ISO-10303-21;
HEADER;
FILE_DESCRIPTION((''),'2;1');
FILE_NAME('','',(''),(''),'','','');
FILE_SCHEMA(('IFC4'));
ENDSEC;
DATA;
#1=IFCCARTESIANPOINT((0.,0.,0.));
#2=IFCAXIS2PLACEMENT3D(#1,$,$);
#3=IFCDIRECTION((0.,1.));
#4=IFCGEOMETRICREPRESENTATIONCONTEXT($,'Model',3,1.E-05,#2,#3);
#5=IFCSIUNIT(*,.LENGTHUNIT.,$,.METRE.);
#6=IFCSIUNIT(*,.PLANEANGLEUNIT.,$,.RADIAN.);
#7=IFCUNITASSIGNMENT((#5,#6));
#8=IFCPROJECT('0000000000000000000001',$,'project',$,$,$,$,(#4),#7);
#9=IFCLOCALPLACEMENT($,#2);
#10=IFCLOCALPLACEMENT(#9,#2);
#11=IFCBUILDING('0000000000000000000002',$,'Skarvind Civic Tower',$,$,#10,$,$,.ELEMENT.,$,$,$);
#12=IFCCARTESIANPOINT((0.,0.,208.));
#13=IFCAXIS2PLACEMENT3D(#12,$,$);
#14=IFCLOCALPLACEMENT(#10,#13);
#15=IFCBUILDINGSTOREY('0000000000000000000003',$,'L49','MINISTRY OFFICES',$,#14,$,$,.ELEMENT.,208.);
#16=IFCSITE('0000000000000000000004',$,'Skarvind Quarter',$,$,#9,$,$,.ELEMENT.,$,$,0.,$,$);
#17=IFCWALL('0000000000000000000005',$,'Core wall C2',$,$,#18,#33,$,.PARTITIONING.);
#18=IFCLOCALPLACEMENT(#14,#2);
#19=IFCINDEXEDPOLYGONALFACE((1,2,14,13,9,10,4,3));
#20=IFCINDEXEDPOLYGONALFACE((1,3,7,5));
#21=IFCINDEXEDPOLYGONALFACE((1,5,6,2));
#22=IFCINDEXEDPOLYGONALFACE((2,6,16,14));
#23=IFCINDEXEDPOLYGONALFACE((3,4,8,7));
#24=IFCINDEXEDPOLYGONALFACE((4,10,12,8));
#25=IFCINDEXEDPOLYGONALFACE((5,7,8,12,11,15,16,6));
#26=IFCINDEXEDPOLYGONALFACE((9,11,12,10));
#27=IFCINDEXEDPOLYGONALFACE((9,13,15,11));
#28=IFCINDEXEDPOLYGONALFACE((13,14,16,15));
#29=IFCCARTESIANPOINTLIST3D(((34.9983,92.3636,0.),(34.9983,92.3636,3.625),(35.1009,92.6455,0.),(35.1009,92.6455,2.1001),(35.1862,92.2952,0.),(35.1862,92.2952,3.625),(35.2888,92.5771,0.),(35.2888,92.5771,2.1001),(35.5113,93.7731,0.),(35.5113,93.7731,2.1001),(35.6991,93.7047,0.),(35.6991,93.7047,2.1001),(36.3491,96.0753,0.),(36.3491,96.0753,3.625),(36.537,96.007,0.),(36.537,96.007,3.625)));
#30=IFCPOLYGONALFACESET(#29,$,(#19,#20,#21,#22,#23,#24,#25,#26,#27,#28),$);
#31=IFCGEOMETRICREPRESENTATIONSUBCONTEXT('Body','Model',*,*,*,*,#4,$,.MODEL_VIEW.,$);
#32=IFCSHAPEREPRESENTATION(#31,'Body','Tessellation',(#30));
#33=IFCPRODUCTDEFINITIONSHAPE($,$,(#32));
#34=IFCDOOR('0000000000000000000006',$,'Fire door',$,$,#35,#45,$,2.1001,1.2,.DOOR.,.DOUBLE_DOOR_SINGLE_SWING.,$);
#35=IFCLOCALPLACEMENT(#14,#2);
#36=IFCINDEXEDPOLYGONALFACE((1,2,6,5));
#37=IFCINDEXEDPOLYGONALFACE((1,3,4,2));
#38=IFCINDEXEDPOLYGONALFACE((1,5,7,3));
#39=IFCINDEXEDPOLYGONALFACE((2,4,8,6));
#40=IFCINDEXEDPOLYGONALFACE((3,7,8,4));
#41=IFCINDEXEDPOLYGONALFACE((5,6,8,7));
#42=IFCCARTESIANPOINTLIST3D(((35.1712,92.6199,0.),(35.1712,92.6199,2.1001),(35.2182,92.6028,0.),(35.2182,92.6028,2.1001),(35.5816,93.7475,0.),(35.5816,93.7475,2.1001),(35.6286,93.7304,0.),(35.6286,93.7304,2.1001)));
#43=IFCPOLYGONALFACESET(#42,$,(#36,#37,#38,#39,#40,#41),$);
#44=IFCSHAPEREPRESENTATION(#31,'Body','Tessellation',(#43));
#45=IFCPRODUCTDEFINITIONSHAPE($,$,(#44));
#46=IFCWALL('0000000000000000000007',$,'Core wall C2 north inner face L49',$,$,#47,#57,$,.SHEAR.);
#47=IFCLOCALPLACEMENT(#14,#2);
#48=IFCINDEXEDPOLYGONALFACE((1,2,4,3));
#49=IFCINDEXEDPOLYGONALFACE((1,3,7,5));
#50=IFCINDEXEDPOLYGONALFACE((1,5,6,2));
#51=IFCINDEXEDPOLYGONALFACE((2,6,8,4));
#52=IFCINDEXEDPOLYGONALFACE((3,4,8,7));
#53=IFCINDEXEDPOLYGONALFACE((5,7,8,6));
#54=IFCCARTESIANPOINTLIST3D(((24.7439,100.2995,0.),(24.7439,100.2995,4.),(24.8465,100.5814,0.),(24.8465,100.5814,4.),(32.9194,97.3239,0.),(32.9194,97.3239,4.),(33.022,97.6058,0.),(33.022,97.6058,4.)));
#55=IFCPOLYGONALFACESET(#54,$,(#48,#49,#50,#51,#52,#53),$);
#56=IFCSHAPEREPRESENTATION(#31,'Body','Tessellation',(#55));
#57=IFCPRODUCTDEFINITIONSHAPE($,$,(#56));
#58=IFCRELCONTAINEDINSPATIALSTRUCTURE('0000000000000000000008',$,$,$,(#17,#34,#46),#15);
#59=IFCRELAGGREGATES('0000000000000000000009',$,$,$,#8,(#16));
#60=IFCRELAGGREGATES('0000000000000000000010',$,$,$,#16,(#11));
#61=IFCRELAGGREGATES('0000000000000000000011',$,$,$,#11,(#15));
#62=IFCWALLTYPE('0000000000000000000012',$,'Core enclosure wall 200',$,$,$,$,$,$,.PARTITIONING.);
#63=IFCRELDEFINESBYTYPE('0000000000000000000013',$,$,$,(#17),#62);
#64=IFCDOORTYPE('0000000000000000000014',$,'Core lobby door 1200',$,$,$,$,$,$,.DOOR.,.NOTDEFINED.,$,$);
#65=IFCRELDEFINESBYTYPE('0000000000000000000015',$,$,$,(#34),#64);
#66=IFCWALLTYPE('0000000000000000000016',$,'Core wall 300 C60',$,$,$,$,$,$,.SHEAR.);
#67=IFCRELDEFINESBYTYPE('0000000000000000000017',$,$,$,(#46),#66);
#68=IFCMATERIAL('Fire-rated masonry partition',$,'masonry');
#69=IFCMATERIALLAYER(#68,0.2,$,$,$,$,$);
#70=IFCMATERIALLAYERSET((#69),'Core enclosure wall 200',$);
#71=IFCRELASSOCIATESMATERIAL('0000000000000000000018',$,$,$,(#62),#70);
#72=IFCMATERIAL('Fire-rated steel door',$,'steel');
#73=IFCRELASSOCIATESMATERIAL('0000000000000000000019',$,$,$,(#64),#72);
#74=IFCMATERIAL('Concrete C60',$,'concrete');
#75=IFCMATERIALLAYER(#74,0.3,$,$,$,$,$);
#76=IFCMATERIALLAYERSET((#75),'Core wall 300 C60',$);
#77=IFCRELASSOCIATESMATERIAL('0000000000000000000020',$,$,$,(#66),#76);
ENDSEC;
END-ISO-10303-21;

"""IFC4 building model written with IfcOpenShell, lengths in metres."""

from ifc_helpers import new_model, si_unit, direction, frame, frame_2d, origin, place, context, subcontext, project, spatial, rectangle, extrude, material, layer, layer_set, type_object, element, fill, save


model = new_model("IFC4")

# Units and contexts
model_context = context("Model", 3, precision=1e-05, world=origin(), true_north=direction((0.0, 1.0)))
body_context = subcontext(model_context, "Body", "Model", "MODEL_VIEW")
ifc_project = project(units=[si_unit("LENGTHUNIT", "METRE"), si_unit("PLANEANGLEUNIT", "RADIAN")], contexts=[model_context])

# Site, building, storey
site_placement = place(None, origin())
site = spatial("IfcSite", under=ifc_project, at=site_placement, Name="Skarvind Quarter", CompositionType="ELEMENT", RefElevation=0.0)
building_placement = place(site_placement, origin())
building = spatial("IfcBuilding", under=site, at=building_placement, Name="Skarvind Civic Tower", CompositionType="ELEMENT")
storey_placement = place(building_placement, frame((0.0, 0.0, 208.0)))
storey = spatial("IfcBuildingStorey", under=building, at=storey_placement, Name="L49", Description="MINISTRY OFFICES", CompositionType="ELEMENT", Elevation=208.0)

# Shared definitions
ifc_material_1 = material(Name="Concrete C60", Category="concrete")

# Wall, opening, door
ifc_material_2 = material(Name="Fire-rated masonry partition", Category="masonry")
ifc_layer_1 = layer(ifc_material_2, 0.2)
ifc_layer_set_1 = layer_set([ifc_layer_1], Name="Core enclosure wall 200")
wall_type_1 = type_object("IfcWallType", Name="Core enclosure wall 200", PredefinedType="PARTITIONING", material=ifc_layer_set_1)
wall_1_placement = place(storey_placement, frame((36.4431, 96.0413, 0.0), z_axis=(0.0, 0.0, 1.0), x_axis=(-0.341996, -0.939701, 0.0)))
wall_1 = element("IfcWall", 1, at=wall_1_placement, inside=storey, type_object=wall_type_1, Name="Core wall C2", PredefinedType="PARTITIONING", context=body_context, shape_type="SweptSolid", body=[
    extrude(rectangle(XDim=3.95, YDim=0.2, at=frame_2d((1.9751, 0.0))), origin(), (0.0, 0.0, 1.0), 3.625),
])
opening_1_placement = place(wall_1_placement, frame((2.45, 0.0, 0.0)))
opening_1 = element("IfcOpeningElement", 2, at=opening_1_placement, cuts=wall_1, PredefinedType="OPENING", context=body_context, shape_type="SweptSolid", body=[
    extrude(rectangle(XDim=1.2, YDim=2.1001, at=frame_2d((0.6001, 1.05))), frame((0.0, 0.1099, 0.0), z_axis=(0.0, -1.0, 0.0), x_axis=(1.0, 0.0, 0.0)), (0.0, 0.0, 1.0), 0.22),
])
ifc_material_3 = material(Name="Fire-rated steel door", Category="steel")
door_type_1 = type_object("IfcDoorType", Name="Core lobby door 1200", OperationType="NOTDEFINED", PredefinedType="DOOR", material=ifc_material_3)
door_1_placement = place(opening_1_placement, origin())
door_1 = element("IfcDoor", 3, at=door_1_placement, inside=storey, type_object=door_type_1, Name="Fire door", OperationType="DOUBLE_DOOR_SINGLE_SWING", OverallHeight=2.1001, OverallWidth=1.2, PredefinedType="DOOR", context=body_context, shape_type="SweptSolid", body=[
    extrude(rectangle(XDim=1.2, YDim=2.1001, at=frame_2d((0.6001, 1.05))), frame((0.0, 0.0249, 0.0), z_axis=(0.0, -1.0, 0.0), x_axis=(1.0, 0.0, 0.0)), (0.0, 0.0, 1.0), 0.05),
])
fill(opening_1, door_1)

# Wall
ifc_layer_2 = layer(ifc_material_1, 0.3)
ifc_layer_set_2 = layer_set([ifc_layer_2], Name="Core wall 300 C60")
wall_type_2 = type_object("IfcWallType", Name="Core wall 300 C60", PredefinedType="SHEAR", material=ifc_layer_set_2)
wall_2_placement = place(storey_placement, frame((32.9707, 97.4648, 0.0), z_axis=(0.0, 0.0, 1.0), x_axis=(-0.939695, 0.342013, 0.0)))
element("IfcWall", 4, at=wall_2_placement, inside=storey, type_object=wall_type_2, Name="Core wall C2 north inner face L49", PredefinedType="SHEAR", context=body_context, shape_type="SweptSolid", body=[
    extrude(rectangle(XDim=8.7002, YDim=0.3, at=frame_2d((4.3501, 0.0))), origin(), (0.0, 0.0, 1.0), 4.0),
])

save(model, "model.ifc")
